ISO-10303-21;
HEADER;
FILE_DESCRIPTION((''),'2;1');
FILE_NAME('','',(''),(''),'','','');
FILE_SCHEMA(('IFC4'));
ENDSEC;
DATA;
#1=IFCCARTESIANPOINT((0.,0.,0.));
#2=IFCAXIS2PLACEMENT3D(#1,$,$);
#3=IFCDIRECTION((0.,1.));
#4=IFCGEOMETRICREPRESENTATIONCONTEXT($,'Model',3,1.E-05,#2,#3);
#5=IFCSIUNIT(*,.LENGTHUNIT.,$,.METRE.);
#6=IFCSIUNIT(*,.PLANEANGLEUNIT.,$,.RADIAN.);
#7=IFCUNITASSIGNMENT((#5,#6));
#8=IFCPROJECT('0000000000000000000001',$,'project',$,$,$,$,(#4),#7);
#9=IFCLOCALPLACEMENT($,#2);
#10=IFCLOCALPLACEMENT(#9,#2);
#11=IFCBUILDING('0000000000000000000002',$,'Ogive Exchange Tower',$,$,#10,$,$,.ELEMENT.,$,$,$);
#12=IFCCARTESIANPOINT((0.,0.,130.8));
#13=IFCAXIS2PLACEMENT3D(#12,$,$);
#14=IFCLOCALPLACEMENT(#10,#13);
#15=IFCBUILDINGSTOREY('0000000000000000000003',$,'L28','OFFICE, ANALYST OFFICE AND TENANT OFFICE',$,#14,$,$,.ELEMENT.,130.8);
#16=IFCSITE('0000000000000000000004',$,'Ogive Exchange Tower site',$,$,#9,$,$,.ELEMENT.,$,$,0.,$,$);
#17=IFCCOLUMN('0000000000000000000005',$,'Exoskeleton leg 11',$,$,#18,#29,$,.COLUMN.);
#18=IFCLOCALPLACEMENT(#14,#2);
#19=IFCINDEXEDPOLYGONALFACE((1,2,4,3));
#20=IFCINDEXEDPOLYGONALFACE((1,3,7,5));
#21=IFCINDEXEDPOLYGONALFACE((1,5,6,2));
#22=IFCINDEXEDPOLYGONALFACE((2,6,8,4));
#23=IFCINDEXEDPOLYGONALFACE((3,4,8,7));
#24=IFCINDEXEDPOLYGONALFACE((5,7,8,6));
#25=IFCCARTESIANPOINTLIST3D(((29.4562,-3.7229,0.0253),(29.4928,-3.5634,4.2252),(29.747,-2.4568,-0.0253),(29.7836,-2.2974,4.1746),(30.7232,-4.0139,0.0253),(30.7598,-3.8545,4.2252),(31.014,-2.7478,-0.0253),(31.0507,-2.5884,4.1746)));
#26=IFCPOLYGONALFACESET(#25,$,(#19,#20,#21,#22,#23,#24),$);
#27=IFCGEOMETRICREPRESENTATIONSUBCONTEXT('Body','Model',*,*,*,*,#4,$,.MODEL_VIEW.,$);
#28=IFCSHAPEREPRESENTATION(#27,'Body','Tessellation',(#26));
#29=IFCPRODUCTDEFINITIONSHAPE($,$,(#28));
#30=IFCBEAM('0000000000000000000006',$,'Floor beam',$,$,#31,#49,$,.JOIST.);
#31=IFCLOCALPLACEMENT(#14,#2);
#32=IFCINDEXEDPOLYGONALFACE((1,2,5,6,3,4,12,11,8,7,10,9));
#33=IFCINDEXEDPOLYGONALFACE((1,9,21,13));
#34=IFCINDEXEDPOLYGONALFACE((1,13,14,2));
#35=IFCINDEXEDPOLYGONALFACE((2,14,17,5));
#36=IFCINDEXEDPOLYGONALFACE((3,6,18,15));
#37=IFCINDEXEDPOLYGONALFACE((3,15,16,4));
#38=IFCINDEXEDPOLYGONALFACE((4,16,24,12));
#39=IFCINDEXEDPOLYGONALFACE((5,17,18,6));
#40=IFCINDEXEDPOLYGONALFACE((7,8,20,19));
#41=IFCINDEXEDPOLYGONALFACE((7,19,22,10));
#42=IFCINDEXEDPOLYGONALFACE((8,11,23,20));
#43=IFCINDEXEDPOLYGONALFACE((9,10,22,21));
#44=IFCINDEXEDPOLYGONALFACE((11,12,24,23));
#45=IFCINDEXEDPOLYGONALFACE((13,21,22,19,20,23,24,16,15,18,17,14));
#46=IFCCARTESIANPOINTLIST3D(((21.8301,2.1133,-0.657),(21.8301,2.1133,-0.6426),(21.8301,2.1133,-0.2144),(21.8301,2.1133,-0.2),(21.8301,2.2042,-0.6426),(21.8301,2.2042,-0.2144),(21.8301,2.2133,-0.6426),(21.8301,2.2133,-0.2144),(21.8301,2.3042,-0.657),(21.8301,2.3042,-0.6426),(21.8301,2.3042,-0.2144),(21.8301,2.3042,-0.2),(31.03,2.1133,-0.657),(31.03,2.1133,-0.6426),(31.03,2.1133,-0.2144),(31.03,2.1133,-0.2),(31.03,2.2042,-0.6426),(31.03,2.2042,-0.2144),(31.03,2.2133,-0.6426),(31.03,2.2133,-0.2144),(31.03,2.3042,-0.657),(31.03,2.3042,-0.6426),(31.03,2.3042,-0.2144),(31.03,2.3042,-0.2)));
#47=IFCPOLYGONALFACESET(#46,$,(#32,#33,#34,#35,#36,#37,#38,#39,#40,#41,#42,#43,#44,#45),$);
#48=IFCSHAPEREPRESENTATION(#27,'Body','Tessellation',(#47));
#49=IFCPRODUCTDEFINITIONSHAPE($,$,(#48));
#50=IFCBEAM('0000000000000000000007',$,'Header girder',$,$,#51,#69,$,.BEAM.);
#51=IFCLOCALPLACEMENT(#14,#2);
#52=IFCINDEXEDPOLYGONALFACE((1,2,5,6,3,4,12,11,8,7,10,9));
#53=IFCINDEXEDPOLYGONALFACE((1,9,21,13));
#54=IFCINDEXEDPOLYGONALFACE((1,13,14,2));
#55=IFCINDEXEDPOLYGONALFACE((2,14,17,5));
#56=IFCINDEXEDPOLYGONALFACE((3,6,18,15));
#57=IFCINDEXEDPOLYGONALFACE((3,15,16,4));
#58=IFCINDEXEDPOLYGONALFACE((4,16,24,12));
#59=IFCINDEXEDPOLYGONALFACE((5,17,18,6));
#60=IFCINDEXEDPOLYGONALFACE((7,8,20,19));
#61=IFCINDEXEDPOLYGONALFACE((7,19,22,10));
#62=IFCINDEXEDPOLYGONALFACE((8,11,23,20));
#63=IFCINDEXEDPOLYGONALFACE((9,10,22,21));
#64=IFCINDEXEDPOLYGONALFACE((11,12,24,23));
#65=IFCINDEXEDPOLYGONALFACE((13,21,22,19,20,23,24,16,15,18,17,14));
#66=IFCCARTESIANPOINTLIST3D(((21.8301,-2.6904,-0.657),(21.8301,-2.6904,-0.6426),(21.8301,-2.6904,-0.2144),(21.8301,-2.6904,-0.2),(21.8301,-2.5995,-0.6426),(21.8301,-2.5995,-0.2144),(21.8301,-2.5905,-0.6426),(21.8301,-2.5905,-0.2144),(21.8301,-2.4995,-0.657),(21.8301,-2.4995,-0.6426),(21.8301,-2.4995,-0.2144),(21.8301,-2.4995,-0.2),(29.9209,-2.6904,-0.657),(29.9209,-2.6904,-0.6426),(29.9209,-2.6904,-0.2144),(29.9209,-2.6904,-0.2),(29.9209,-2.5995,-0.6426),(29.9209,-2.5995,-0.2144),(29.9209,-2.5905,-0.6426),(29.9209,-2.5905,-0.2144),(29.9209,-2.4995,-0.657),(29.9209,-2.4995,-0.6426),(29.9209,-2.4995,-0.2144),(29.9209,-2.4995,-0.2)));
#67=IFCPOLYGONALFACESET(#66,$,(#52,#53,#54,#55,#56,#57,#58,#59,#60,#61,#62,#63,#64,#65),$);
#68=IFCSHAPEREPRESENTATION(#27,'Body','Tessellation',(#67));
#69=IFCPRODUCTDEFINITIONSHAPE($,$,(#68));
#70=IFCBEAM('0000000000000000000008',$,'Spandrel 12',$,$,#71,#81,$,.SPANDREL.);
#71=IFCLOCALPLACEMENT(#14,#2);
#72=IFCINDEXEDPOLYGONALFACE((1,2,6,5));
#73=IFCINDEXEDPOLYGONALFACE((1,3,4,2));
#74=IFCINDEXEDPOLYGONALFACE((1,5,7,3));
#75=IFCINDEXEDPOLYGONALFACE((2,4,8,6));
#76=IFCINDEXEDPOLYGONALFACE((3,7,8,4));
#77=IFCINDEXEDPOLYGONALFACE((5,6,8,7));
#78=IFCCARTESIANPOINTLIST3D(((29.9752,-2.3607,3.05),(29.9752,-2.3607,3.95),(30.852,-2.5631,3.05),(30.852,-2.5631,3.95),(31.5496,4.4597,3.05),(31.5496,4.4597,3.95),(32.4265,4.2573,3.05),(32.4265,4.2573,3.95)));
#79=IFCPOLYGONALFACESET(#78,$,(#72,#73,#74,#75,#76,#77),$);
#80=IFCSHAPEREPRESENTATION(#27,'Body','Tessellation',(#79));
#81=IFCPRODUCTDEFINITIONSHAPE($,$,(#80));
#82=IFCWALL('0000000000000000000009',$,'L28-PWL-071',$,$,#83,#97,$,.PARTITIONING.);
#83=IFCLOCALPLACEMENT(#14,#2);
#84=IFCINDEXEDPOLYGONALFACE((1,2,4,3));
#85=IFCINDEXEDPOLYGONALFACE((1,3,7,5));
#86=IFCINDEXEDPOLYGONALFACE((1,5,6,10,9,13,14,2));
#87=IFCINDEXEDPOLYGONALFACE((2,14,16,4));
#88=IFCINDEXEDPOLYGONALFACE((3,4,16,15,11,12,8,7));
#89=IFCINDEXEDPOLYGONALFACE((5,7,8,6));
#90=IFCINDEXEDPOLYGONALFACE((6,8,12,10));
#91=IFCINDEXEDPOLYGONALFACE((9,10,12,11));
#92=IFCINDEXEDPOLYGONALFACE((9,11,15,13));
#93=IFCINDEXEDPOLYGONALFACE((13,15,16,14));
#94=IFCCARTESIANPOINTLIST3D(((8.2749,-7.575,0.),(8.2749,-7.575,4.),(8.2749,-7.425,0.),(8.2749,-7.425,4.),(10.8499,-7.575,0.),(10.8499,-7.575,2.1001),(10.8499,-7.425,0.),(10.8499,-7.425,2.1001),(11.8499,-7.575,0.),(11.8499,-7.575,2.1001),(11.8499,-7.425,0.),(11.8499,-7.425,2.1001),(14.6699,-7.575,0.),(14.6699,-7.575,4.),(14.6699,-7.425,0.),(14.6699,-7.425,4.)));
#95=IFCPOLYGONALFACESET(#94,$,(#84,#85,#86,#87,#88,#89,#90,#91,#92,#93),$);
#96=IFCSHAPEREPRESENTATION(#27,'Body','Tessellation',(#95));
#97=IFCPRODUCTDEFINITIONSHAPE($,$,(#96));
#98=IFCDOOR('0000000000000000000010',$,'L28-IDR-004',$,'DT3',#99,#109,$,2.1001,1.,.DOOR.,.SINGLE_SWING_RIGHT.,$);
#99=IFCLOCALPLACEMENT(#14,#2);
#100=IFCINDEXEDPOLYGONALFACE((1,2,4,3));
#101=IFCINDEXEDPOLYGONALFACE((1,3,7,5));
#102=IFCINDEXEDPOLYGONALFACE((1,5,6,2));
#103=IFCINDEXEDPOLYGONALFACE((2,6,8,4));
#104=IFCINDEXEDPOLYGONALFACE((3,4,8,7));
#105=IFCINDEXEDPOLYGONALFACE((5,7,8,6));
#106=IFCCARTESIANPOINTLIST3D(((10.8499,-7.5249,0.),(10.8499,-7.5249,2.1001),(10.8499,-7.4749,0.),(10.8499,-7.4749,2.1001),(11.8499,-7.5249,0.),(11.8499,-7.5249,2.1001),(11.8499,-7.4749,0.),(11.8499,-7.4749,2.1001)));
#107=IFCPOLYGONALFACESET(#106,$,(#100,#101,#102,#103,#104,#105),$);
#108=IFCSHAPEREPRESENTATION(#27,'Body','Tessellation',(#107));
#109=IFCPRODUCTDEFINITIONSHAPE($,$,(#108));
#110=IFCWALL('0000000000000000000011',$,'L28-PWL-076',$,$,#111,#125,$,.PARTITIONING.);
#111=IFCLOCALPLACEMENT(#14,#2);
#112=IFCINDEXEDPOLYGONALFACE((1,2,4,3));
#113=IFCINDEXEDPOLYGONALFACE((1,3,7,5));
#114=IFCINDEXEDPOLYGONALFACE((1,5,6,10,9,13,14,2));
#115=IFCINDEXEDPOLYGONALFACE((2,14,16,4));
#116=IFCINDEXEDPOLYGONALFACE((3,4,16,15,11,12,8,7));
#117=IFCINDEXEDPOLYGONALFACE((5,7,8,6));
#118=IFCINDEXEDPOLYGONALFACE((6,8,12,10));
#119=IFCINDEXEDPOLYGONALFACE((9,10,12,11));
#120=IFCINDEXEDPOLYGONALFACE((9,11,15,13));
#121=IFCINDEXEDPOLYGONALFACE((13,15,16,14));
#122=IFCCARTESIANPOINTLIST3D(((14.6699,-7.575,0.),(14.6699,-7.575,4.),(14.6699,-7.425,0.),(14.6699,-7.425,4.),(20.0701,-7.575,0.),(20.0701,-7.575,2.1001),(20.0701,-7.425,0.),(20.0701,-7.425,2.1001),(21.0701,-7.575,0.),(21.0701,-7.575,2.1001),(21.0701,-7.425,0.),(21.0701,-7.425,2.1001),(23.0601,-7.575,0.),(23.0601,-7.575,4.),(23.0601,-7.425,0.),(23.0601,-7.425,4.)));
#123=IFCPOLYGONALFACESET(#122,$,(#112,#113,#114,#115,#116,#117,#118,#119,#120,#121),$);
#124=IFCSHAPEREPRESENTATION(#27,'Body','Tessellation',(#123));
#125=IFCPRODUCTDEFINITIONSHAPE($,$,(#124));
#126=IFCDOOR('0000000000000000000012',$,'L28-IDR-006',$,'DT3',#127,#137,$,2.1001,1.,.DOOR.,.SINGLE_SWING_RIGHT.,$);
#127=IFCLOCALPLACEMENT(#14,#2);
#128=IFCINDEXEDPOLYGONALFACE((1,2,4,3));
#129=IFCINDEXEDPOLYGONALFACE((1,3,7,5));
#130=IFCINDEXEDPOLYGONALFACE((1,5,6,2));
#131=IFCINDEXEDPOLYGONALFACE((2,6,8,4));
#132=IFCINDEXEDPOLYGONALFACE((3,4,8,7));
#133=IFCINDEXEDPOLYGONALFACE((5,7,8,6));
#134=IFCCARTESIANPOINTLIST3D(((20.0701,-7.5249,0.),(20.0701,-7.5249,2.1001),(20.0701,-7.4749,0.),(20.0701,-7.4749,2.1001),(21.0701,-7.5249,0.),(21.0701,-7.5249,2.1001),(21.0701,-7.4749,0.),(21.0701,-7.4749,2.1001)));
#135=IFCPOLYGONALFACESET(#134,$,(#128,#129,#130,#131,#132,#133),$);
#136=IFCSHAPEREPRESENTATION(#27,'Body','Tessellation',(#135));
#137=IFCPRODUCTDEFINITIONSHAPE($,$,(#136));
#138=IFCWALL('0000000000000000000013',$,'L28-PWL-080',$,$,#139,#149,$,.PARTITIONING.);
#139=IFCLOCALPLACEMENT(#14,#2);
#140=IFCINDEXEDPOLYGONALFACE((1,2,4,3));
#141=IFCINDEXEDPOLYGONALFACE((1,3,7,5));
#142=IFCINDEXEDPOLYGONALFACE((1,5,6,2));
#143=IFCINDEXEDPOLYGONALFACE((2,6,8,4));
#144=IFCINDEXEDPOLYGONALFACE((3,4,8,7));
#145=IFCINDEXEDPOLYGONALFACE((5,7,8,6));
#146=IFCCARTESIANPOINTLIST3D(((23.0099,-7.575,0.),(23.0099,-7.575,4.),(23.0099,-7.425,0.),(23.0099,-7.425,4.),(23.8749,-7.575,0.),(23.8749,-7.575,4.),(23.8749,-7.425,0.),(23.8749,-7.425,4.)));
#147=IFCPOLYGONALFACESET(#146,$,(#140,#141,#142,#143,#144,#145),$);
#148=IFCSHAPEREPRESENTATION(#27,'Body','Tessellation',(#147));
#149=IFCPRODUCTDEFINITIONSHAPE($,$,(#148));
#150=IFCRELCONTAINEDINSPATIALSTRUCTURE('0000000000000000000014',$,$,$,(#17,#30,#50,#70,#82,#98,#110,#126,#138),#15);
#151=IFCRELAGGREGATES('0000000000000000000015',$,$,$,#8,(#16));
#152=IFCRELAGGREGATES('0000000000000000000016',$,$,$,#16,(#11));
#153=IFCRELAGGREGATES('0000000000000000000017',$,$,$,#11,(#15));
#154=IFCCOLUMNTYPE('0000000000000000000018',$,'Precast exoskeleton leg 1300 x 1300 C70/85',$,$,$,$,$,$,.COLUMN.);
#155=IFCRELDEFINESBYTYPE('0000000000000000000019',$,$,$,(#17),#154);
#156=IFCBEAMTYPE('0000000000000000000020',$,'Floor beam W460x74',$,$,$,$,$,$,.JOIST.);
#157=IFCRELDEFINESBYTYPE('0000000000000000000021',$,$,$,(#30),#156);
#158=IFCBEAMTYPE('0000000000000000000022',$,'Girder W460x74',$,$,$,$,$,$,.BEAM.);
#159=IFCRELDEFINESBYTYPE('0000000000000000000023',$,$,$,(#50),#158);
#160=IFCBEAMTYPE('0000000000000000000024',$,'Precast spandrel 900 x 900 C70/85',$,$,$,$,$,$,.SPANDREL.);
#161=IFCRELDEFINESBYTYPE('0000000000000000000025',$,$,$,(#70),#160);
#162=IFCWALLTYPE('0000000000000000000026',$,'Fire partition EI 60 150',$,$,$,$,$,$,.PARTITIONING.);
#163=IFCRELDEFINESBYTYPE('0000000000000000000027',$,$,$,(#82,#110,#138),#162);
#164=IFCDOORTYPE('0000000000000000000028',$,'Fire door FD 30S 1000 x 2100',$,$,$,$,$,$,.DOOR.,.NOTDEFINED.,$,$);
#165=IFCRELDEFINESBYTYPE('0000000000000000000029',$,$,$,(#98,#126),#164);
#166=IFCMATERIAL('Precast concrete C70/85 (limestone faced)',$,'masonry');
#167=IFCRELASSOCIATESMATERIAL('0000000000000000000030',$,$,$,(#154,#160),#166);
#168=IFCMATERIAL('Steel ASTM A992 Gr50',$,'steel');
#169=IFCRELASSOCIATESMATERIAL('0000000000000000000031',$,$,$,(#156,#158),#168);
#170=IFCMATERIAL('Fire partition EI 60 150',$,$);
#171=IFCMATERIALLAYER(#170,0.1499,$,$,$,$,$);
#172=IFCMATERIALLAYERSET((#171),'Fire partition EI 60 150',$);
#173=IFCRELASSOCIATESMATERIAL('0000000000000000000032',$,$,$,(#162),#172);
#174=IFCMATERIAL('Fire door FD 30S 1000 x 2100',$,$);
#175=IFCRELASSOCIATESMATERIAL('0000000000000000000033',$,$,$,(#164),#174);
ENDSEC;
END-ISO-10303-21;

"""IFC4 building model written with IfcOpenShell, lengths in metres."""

from ifc_helpers import new_model, si_unit, direction, frame, frame_2d, origin, origin_2d, place, context, subcontext, project, spatial, rectangle, i_section, extrude, material, layer, layer_set, material_profile, profile_set, type_object, element, fill, save


model = new_model("IFC4")

# Units and contexts
model_context = context("Model", 3, precision=1e-05, world=origin(), true_north=direction((0.0, 1.0)))
body_context = subcontext(model_context, "Body", "Model", "MODEL_VIEW")
ifc_project = project(units=[si_unit("LENGTHUNIT", "METRE"), si_unit("PLANEANGLEUNIT", "RADIAN")], contexts=[model_context])

# Site, building, storey
site_placement = place(None, origin())
site = spatial("IfcSite", under=ifc_project, at=site_placement, Name="Ogive Exchange Tower site", CompositionType="ELEMENT", RefElevation=0.0)
building_placement = place(site_placement, origin())
building = spatial("IfcBuilding", under=site, at=building_placement, Name="Ogive Exchange Tower", CompositionType="ELEMENT")
storey_placement = place(building_placement, frame((0.0, 0.0, 130.8)))
storey = spatial("IfcBuildingStorey", under=building, at=storey_placement, Name="L28", Description="OFFICE, ANALYST OFFICE AND TENANT OFFICE", CompositionType="ELEMENT", Elevation=130.8)

# Column
ifc_material_1 = material(Name="Precast concrete C70/85 (limestone faced)", Category="masonry")
ifc_material_profile_1 = material_profile(ifc_material_1, rectangle(XDim=1.3, YDim=1.3, at=origin_2d()), Name="1300 x 1300")
ifc_profile_set_1 = profile_set([ifc_material_profile_1], Name="Precast concrete C70/85 (limestone faced)")
column_type = type_object("IfcColumnType", Name="Precast exoskeleton leg 1300 x 1300 C70/85", PredefinedType="COLUMN", material=ifc_profile_set_1)
column_placement = place(storey_placement, frame((30.2351, -3.2354, 0.0), z_axis=(0.008713, 0.03793, 0.999242), x_axis=(-0.974617, 0.223878, 0.0)))
element("IfcColumn", 1, at=column_placement, inside=storey, type_object=column_type, Name="Exoskeleton leg 11", PredefinedType="COLUMN", context=body_context, shape_type="SweptSolid", body=[
    extrude(rectangle(XDim=1.3, YDim=1.3, at=origin_2d()), origin(), (0.0, 0.0, 1.0), 4.2031),
])

# Beams
ifc_material_2 = material(Name="Steel ASTM A992 Gr50", Category="steel")
ifc_material_profile_2 = material_profile(ifc_material_2, i_section(OverallWidth=0.1909, OverallDepth=0.457, WebThickness=0.009, FlangeThickness=0.0144, at=origin_2d()), Name="W460x74")
ifc_profile_set_2 = profile_set([ifc_material_profile_2], Name="Steel ASTM A992 Gr50")
beam_type_1 = type_object("IfcBeamType", Name="Floor beam W460x74", PredefinedType="JOIST", material=ifc_profile_set_2)
beam_1_placement = place(storey_placement, frame((21.8301, 2.2087, -0.4285), z_axis=(1.0, 0.0, 0.0), x_axis=(0.0, 1.0, 0.0)))
element("IfcBeam", 2, at=beam_1_placement, inside=storey, type_object=beam_type_1, Name="Floor beam", PredefinedType="JOIST", context=body_context, shape_type="SweptSolid", body=[
    extrude(i_section(OverallWidth=0.1909, OverallDepth=0.457, WebThickness=0.009, FlangeThickness=0.0144, at=origin_2d()), origin(), (0.0, 0.0, 1.0), 9.2),
])
ifc_material_profile_3 = material_profile(ifc_material_2, i_section(OverallWidth=0.1909, OverallDepth=0.457, WebThickness=0.009, FlangeThickness=0.0144, at=origin_2d()), Name="W460x74")
ifc_profile_set_3 = profile_set([ifc_material_profile_3], Name="Steel ASTM A992 Gr50")
beam_type_2 = type_object("IfcBeamType", Name="Girder W460x74", PredefinedType="BEAM", material=ifc_profile_set_3)
beam_2_placement = place(storey_placement, frame((21.8301, -2.595, -0.4285), z_axis=(1.0, 0.0, 0.0), x_axis=(0.0, 1.0, 0.0)))
element("IfcBeam", 3, at=beam_2_placement, inside=storey, type_object=beam_type_2, Name="Header girder", PredefinedType="BEAM", context=body_context, shape_type="SweptSolid", body=[
    extrude(i_section(OverallWidth=0.1909, OverallDepth=0.457, WebThickness=0.009, FlangeThickness=0.0144, at=origin_2d()), origin(), (0.0, 0.0, 1.0), 8.0908),
])
ifc_material_profile_4 = material_profile(ifc_material_1, rectangle(XDim=0.8999, YDim=0.8999, at=origin_2d()), Name="900 x 900")
ifc_profile_set_4 = profile_set([ifc_material_profile_4], Name="Precast concrete C70/85 (limestone faced)")
beam_type_3 = type_object("IfcBeamType", Name="Precast spandrel 900 x 900 C70/85", PredefinedType="SPANDREL", material=ifc_profile_set_4)
beam_3_placement = place(storey_placement, frame((30.4136, -2.4619, 3.5), z_axis=(0.224933, 0.974374, 0.0), x_axis=(-0.974374, 0.224933, 0.0)))
element("IfcBeam", 4, at=beam_3_placement, inside=storey, type_object=beam_type_3, Name="Spandrel 12", PredefinedType="SPANDREL", context=body_context, shape_type="SweptSolid", body=[
    extrude(rectangle(XDim=0.8999, YDim=0.8999, at=origin_2d()), origin(), (0.0, 0.0, 1.0), 6.9998),
])

# Walls, openings, doors
ifc_material_3 = material(Name="Fire partition EI 60 150")
ifc_layer_1 = layer(ifc_material_3, 0.1499)
ifc_layer_set_1 = layer_set([ifc_layer_1], Name="Fire partition EI 60 150")
wall_type_1 = type_object("IfcWallType", Name="Fire partition EI 60 150", PredefinedType="PARTITIONING", material=ifc_layer_set_1)
wall_1_placement = place(storey_placement, frame((14.6699, -7.5, 0.0), z_axis=(0.0, 0.0, 1.0), x_axis=(-1.0, 0.0, 0.0)))
wall_1 = element("IfcWall", 5, at=wall_1_placement, inside=storey, type_object=wall_type_1, Name="L28-PWL-071", PredefinedType="PARTITIONING", context=body_context, shape_type="SweptSolid", body=[
    extrude(rectangle(XDim=6.395, YDim=0.1499, at=frame_2d((3.1975, 0.0))), origin(), (0.0, 0.0, 1.0), 4.0),
])
opening_1_placement = place(wall_1_placement, frame((2.8201, 0.0, 0.0)))
opening_1 = element("IfcOpeningElement", 6, at=opening_1_placement, cuts=wall_1, PredefinedType="OPENING", context=body_context, shape_type="SweptSolid", body=[
    extrude(rectangle(XDim=1.0, YDim=2.1001, at=frame_2d((0.5, 1.05))), frame((0.0, 0.085, 0.0), z_axis=(0.0, -1.0, 0.0), x_axis=(1.0, 0.0, 0.0)), (0.0, 0.0, 1.0), 0.1699),
])
ifc_material_4 = material(Name="Fire door FD 30S 1000 x 2100")
door_type_1 = type_object("IfcDoorType", Name="Fire door FD 30S 1000 x 2100", OperationType="NOTDEFINED", PredefinedType="DOOR", material=ifc_material_4)
door_1_placement = place(opening_1_placement, origin())
door_1 = element("IfcDoor", 7, at=door_1_placement, inside=storey, type_object=door_type_1, Name="L28-IDR-004", ObjectType="DT3", OperationType="SINGLE_SWING_RIGHT", OverallHeight=2.1001, OverallWidth=1.0, PredefinedType="DOOR", context=body_context, shape_type="SweptSolid", body=[
    extrude(rectangle(XDim=1.0, YDim=2.1001, at=frame_2d((0.5, 1.05))), frame((0.0, 0.0249, 0.0), z_axis=(0.0, -1.0, 0.0), x_axis=(1.0, 0.0, 0.0)), (0.0, 0.0, 1.0), 0.05),
])
fill(opening_1, door_1)
wall_2_placement = place(storey_placement, frame((23.0601, -7.5, 0.0), z_axis=(0.0, 0.0, 1.0), x_axis=(-1.0, 0.0, 0.0)))
wall_2 = element("IfcWall", 8, at=wall_2_placement, inside=storey, type_object=wall_type_1, Name="L28-PWL-076", PredefinedType="PARTITIONING", context=body_context, shape_type="SweptSolid", body=[
    extrude(rectangle(XDim=8.3901, YDim=0.1499, at=frame_2d((4.1951, 0.0))), origin(), (0.0, 0.0, 1.0), 4.0),
])
opening_2_placement = place(wall_2_placement, frame((1.99, 0.0, 0.0)))
opening_2 = element("IfcOpeningElement", 9, at=opening_2_placement, cuts=wall_2, PredefinedType="OPENING", context=body_context, shape_type="SweptSolid", body=[
    extrude(rectangle(XDim=1.0, YDim=2.1001, at=frame_2d((0.5, 1.05))), frame((0.0, 0.085, 0.0), z_axis=(0.0, -1.0, 0.0), x_axis=(1.0, 0.0, 0.0)), (0.0, 0.0, 1.0), 0.1699),
])
door_2_placement = place(opening_2_placement, origin())
door_2 = element("IfcDoor", 10, at=door_2_placement, inside=storey, type_object=door_type_1, Name="L28-IDR-006", ObjectType="DT3", OperationType="SINGLE_SWING_RIGHT", OverallHeight=2.1001, OverallWidth=1.0, PredefinedType="DOOR", context=body_context, shape_type="SweptSolid", body=[
    extrude(rectangle(XDim=1.0, YDim=2.1001, at=frame_2d((0.5, 1.05))), frame((0.0, 0.0249, 0.0), z_axis=(0.0, -1.0, 0.0), x_axis=(1.0, 0.0, 0.0)), (0.0, 0.0, 1.0), 0.05),
])
fill(opening_2, door_2)

# Wall
wall_3_placement = place(storey_placement, frame((23.875, -7.5, 0.0), z_axis=(0.0, 0.0, 1.0), x_axis=(-1.0, 0.0, 0.0)))
element("IfcWall", 11, at=wall_3_placement, inside=storey, type_object=wall_type_1, Name="L28-PWL-080", PredefinedType="PARTITIONING", context=body_context, shape_type="SweptSolid", body=[
    extrude(rectangle(XDim=0.865, YDim=0.1499, at=frame_2d((0.4326, 0.0))), origin(), (0.0, 0.0, 1.0), 4.0),
])

save(model, "model.ifc")
